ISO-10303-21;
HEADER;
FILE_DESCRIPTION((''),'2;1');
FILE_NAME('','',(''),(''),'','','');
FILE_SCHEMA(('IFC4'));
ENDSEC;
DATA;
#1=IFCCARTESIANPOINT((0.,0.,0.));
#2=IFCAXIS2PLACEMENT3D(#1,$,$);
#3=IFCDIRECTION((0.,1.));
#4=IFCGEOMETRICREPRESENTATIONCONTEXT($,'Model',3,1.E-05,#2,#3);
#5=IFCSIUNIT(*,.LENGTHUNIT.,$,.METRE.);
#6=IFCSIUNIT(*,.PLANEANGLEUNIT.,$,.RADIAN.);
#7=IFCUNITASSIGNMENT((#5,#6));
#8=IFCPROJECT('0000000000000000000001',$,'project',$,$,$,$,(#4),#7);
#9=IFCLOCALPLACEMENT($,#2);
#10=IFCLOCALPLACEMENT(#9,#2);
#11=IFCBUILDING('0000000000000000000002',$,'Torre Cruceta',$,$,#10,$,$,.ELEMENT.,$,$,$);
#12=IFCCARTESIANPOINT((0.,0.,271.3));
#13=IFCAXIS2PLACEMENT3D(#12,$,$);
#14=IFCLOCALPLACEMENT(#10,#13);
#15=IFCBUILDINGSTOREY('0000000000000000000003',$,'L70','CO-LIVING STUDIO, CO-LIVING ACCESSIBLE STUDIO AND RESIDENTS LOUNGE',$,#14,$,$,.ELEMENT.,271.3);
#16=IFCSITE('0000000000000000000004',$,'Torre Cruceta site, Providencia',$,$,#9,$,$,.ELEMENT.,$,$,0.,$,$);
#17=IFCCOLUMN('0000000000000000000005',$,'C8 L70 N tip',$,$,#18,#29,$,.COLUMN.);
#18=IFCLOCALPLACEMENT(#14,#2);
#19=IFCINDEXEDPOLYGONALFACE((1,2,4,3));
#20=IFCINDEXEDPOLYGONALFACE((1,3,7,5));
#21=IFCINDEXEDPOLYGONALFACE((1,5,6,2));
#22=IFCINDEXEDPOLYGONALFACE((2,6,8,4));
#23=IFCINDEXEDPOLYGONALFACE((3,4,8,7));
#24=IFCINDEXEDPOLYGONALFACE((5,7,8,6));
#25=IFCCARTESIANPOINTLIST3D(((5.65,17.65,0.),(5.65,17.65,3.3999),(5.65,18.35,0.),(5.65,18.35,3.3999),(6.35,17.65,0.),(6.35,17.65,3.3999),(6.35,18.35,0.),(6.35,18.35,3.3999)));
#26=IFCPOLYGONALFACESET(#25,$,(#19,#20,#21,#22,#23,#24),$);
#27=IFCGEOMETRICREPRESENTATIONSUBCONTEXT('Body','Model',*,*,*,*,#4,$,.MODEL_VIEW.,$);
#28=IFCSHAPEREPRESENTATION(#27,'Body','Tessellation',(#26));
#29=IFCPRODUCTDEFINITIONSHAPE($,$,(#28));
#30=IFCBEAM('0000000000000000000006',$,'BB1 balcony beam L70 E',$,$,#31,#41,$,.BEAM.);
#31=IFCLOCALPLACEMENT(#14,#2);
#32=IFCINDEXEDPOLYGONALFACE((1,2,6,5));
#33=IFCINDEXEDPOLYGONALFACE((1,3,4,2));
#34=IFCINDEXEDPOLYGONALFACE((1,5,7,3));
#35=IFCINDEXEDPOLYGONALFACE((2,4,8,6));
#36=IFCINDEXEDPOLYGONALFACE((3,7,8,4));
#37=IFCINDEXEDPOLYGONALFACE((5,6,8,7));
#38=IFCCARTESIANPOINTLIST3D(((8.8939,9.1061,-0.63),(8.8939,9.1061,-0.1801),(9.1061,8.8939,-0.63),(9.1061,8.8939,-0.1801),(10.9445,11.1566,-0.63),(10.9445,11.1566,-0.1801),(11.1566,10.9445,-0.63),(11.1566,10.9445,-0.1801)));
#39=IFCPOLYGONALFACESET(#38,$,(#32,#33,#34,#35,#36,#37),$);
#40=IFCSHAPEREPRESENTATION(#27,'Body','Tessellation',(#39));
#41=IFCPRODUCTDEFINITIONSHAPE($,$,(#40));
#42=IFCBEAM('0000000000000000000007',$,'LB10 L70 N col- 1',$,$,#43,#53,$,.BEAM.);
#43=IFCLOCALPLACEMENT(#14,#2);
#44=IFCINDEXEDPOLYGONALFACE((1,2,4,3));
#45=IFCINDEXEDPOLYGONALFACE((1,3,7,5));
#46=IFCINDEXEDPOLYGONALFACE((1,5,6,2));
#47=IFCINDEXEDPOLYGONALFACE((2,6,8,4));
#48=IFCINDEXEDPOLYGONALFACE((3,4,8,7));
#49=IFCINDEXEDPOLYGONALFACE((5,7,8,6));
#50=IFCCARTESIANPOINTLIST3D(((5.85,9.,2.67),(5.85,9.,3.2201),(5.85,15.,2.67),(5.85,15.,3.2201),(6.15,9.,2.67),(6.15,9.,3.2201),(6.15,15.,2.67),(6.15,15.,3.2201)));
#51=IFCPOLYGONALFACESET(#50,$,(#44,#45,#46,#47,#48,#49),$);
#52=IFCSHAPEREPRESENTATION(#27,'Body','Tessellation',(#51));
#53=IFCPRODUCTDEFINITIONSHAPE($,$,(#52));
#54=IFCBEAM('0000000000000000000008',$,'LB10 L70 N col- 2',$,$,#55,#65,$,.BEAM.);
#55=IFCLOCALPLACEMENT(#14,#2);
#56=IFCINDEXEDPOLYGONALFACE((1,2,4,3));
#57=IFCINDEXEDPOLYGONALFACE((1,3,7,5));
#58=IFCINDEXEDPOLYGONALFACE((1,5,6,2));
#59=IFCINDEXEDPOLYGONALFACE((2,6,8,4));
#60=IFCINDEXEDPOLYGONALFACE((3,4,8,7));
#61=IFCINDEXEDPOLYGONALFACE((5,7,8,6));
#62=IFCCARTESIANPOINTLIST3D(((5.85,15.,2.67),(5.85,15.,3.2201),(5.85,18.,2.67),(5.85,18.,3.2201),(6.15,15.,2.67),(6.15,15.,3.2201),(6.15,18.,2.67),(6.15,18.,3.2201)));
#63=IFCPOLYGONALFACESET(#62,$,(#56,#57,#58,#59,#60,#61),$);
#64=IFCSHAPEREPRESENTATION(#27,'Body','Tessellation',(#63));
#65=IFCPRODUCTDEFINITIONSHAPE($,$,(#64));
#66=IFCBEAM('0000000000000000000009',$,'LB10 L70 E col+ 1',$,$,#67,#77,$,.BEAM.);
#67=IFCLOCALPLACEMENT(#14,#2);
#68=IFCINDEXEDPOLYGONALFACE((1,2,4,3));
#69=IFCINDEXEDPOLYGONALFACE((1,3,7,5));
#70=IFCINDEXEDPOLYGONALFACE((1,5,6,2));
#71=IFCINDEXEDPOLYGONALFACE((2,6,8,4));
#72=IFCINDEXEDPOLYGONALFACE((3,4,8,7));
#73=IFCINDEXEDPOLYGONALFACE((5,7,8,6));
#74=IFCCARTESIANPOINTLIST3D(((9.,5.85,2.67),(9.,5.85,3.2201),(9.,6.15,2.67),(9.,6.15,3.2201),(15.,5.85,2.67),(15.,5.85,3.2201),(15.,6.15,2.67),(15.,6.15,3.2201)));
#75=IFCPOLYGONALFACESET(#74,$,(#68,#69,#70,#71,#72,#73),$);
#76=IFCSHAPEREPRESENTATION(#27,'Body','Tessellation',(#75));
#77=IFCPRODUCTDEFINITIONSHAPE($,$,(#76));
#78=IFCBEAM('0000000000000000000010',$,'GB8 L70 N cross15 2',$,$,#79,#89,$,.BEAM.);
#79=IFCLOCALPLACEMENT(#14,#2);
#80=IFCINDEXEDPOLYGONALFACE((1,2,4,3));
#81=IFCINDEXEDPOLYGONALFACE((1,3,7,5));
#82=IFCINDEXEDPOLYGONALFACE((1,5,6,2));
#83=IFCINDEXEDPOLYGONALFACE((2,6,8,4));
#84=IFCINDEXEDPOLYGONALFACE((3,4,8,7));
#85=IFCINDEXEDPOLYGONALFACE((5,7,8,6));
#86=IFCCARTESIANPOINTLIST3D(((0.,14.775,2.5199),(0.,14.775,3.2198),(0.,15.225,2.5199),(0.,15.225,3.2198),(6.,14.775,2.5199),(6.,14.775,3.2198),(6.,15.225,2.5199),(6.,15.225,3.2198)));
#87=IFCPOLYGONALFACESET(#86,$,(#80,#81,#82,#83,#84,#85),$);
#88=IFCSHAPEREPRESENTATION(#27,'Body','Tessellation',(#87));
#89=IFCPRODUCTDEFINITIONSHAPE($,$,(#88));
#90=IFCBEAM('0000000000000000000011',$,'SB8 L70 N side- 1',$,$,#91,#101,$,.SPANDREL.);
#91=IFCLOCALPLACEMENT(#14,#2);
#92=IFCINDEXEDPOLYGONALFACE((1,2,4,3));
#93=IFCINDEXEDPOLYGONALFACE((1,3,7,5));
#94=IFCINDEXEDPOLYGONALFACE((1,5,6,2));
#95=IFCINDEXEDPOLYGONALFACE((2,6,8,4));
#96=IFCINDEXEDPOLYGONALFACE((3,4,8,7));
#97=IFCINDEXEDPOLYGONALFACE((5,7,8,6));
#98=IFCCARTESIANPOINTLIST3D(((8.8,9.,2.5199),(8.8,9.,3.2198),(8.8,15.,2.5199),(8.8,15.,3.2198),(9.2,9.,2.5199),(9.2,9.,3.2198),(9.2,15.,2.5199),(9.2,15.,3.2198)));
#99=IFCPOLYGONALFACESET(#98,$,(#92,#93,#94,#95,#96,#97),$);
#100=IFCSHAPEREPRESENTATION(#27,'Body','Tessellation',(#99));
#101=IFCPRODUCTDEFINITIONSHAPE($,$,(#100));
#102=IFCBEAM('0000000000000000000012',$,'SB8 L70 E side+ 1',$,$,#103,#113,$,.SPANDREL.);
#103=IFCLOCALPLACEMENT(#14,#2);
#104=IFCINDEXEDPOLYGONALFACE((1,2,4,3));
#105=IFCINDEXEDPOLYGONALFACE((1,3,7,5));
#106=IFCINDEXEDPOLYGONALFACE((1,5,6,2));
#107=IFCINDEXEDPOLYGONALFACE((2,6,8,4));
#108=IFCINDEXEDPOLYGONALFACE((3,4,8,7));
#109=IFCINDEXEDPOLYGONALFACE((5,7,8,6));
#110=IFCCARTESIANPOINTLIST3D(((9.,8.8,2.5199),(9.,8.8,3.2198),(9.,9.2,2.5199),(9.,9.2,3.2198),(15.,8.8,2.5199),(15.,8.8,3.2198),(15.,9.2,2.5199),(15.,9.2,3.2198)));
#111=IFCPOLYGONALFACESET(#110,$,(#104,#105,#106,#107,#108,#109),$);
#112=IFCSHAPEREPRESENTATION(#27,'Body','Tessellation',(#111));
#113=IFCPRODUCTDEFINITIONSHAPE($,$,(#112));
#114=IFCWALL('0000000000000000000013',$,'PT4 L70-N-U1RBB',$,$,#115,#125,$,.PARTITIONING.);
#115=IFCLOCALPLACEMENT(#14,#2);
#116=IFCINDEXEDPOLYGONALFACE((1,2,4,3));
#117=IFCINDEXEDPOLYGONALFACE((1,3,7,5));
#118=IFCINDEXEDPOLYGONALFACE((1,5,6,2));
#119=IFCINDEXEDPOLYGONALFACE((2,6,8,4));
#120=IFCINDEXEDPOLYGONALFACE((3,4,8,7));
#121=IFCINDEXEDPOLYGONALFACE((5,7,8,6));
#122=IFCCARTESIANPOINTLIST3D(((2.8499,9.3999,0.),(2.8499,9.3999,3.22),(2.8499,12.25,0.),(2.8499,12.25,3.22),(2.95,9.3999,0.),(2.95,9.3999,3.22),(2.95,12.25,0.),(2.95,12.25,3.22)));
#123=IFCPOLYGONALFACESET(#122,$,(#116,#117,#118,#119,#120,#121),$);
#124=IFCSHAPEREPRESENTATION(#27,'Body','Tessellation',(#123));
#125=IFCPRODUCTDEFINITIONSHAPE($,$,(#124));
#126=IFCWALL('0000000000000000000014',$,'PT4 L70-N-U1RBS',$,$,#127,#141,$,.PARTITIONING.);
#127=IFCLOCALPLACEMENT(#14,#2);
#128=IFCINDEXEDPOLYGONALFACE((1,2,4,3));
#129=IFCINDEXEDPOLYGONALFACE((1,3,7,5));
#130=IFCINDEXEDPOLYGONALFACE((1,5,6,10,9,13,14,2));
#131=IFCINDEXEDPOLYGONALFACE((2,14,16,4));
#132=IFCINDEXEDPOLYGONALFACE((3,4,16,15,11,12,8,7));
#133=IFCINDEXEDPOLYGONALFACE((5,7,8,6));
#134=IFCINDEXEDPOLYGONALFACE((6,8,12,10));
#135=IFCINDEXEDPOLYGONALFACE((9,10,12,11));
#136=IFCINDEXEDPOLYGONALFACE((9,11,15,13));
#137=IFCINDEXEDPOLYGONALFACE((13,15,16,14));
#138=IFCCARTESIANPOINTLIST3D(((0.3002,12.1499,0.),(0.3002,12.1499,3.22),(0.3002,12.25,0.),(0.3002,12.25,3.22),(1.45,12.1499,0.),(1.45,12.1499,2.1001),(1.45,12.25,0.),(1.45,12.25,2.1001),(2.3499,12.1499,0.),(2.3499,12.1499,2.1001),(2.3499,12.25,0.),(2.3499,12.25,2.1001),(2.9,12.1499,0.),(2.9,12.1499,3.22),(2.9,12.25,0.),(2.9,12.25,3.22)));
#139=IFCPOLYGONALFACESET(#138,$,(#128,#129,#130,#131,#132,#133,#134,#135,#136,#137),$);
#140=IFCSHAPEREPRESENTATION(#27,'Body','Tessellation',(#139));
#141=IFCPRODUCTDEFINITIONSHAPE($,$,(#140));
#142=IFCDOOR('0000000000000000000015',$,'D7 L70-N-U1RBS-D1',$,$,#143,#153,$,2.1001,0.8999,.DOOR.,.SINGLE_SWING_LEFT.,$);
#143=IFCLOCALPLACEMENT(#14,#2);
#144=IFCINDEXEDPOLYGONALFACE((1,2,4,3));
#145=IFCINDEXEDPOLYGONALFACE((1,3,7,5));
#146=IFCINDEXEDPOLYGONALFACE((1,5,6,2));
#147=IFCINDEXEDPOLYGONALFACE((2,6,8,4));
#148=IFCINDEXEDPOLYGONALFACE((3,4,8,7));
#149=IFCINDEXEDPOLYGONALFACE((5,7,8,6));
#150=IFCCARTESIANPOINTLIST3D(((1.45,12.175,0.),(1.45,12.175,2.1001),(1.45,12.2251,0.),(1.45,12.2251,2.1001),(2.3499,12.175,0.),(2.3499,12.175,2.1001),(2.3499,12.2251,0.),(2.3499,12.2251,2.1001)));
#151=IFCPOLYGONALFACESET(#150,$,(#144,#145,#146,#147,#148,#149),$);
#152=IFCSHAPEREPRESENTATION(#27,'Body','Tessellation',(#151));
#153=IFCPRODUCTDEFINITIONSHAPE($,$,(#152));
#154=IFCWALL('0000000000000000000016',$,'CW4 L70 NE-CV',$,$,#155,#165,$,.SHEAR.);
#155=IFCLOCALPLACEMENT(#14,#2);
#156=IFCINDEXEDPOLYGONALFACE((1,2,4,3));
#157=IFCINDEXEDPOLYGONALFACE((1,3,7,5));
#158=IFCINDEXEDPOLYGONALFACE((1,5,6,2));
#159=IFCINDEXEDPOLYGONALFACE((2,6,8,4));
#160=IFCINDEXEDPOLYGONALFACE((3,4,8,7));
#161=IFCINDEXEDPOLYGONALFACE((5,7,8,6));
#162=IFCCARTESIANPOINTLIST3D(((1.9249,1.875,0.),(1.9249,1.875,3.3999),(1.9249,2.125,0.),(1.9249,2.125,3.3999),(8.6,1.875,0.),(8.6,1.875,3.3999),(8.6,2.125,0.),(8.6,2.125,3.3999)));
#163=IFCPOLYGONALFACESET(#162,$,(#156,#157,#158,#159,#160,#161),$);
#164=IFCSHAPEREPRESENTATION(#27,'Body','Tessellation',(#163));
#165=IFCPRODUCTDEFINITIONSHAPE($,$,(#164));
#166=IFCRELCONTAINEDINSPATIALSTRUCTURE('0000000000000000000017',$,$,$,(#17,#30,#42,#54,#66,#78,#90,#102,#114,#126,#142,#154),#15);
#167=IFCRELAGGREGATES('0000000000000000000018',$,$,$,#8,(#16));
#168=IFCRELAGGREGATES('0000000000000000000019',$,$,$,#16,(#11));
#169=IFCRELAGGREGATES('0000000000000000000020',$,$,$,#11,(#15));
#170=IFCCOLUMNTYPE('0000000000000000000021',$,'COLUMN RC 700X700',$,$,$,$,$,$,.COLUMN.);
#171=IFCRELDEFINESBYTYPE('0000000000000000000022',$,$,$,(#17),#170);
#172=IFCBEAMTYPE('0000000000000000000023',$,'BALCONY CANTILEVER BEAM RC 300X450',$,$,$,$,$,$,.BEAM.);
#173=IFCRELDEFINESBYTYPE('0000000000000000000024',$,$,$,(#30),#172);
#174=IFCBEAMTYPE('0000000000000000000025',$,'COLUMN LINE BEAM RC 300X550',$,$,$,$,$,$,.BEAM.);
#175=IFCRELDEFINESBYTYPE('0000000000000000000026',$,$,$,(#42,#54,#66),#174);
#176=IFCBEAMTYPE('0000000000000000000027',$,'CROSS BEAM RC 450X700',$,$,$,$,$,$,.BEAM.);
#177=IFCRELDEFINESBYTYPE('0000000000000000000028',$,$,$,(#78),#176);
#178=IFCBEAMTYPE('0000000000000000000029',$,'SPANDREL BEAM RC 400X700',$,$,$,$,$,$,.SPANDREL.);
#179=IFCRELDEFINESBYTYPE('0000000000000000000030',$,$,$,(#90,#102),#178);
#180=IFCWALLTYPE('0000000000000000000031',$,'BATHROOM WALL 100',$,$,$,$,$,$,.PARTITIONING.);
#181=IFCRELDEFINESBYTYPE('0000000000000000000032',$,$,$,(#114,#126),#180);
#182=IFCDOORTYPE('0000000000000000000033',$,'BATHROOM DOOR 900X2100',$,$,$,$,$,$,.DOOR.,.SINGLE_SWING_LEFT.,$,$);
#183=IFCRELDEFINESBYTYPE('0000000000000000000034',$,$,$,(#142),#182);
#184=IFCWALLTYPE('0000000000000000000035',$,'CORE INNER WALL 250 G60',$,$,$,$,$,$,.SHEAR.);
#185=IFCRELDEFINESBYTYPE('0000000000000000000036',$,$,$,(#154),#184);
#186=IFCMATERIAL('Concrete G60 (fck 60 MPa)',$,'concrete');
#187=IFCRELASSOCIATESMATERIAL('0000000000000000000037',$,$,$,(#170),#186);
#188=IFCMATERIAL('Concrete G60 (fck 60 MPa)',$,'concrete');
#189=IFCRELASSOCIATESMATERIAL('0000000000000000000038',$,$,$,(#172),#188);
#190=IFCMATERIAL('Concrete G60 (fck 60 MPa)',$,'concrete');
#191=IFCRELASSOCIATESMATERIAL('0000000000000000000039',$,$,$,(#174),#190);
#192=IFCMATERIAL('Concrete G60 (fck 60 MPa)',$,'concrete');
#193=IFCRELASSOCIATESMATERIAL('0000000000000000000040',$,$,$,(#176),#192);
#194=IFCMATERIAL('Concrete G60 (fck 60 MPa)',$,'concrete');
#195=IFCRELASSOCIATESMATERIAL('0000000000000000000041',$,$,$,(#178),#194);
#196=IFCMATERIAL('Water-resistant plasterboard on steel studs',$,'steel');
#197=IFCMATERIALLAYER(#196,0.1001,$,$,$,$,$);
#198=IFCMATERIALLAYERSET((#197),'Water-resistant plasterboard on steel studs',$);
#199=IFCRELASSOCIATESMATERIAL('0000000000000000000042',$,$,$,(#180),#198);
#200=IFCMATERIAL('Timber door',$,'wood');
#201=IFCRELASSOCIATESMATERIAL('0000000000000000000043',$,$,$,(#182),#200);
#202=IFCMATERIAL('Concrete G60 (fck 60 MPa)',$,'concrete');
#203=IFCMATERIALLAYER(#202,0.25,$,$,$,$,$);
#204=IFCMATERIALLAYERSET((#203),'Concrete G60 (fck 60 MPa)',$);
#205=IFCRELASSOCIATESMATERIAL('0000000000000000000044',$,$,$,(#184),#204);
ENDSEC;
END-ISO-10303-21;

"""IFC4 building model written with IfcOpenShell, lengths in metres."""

from ifc_helpers import new_model, si_unit, direction, frame, frame_2d, origin, origin_2d, place, context, subcontext, project, spatial, rectangle, extrude, material, layer, layer_set, material_profile, profile_set, type_object, element, fill, save


model = new_model("IFC4")

# Units and contexts
model_context = context("Model", 3, precision=1e-05, world=origin(), true_north=direction((0.0, 1.0)))
body_context = subcontext(model_context, "Body", "Model", "MODEL_VIEW")
ifc_project = project(units=[si_unit("LENGTHUNIT", "METRE"), si_unit("PLANEANGLEUNIT", "RADIAN")], contexts=[model_context])

# Site, building, storey
site_placement = place(None, origin())
site = spatial("IfcSite", under=ifc_project, at=site_placement, Name="Torre Cruceta site, Providencia", CompositionType="ELEMENT", RefElevation=0.0)
building_placement = place(site_placement, origin())
building = spatial("IfcBuilding", under=site, at=building_placement, Name="Torre Cruceta", CompositionType="ELEMENT")
storey_placement = place(building_placement, frame((0.0, 0.0, 271.3)))
storey = spatial("IfcBuildingStorey", under=building, at=storey_placement, Name="L70", Description="CO-LIVING STUDIO, CO-LIVING ACCESSIBLE STUDIO AND RESIDENTS LOUNGE", CompositionType="ELEMENT", Elevation=271.3)

# Column
ifc_material_1 = material(Name="Concrete G60 (fck 60 MPa)", Category="concrete")
ifc_material_profile_1 = material_profile(ifc_material_1, rectangle(XDim=0.7, YDim=0.7, at=origin_2d()), Name="RC 700X700")
ifc_profile_set_1 = profile_set([ifc_material_profile_1], Name="Concrete G60 (fck 60 MPa)")
column_type = type_object("IfcColumnType", Name="COLUMN RC 700X700", PredefinedType="COLUMN", material=ifc_profile_set_1)
column_placement = place(storey_placement, frame((6.0, 18.0, 0.0), z_axis=(0.0, 0.0, 1.0), x_axis=(1.0, 0.0, 0.0)))
element("IfcColumn", 1, at=column_placement, inside=storey, type_object=column_type, Name="C8 L70 N tip", PredefinedType="COLUMN", context=body_context, shape_type="SweptSolid", body=[
    extrude(rectangle(XDim=0.7, YDim=0.7, at=origin_2d()), origin(), (0.0, 0.0, 1.0), 3.3999),
])

# Beams
ifc_material_2 = material(Name="Concrete G60 (fck 60 MPa)", Category="concrete")
ifc_material_profile_2 = material_profile(ifc_material_2, rectangle(XDim=0.3, YDim=0.45, at=origin_2d()), Name="RC 300X450")
ifc_profile_set_2 = profile_set([ifc_material_profile_2], Name="Concrete G60 (fck 60 MPa)")
beam_type_1 = type_object("IfcBeamType", Name="BALCONY CANTILEVER BEAM RC 300X450", PredefinedType="BEAM", material=ifc_profile_set_2)
beam_1_placement = place(storey_placement, frame((9.0, 9.0, -0.405), z_axis=(0.707107, 0.707107, 0.0), x_axis=(-0.707107, 0.707107, 0.0)))
element("IfcBeam", 2, at=beam_1_placement, inside=storey, type_object=beam_type_1, Name="BB1 balcony beam L70 E", PredefinedType="BEAM", context=body_context, shape_type="SweptSolid", body=[
    extrude(rectangle(XDim=0.3, YDim=0.45, at=origin_2d()), origin(), (0.0, 0.0, 1.0), 2.8999),
])
ifc_material_3 = material(Name="Concrete G60 (fck 60 MPa)", Category="concrete")
ifc_material_profile_3 = material_profile(ifc_material_3, rectangle(XDim=0.3, YDim=0.55, at=origin_2d()), Name="RC 300X550")
ifc_profile_set_3 = profile_set([ifc_material_profile_3], Name="Concrete G60 (fck 60 MPa)")
beam_type_2 = type_object("IfcBeamType", Name="COLUMN LINE BEAM RC 300X550", PredefinedType="BEAM", material=ifc_profile_set_3)
beam_2_placement = place(storey_placement, frame((6.0, 9.0, 2.9451), z_axis=(0.0, 1.0, 0.0), x_axis=(-1.0, 0.0, 0.0)))
element("IfcBeam", 3, at=beam_2_placement, inside=storey, type_object=beam_type_2, Name="LB10 L70 N col- 1", PredefinedType="BEAM", context=body_context, shape_type="SweptSolid", body=[
    extrude(rectangle(XDim=0.3, YDim=0.55, at=origin_2d()), origin(), (0.0, 0.0, 1.0), 6.0),
])
beam_3_placement = place(storey_placement, frame((6.0, 15.0, 2.9451), z_axis=(0.0, 1.0, 0.0), x_axis=(-1.0, 0.0, 0.0)))
element("IfcBeam", 4, at=beam_3_placement, inside=storey, type_object=beam_type_2, Name="LB10 L70 N col- 2", PredefinedType="BEAM", context=body_context, shape_type="SweptSolid", body=[
    extrude(rectangle(XDim=0.3, YDim=0.55, at=origin_2d()), origin(), (0.0, 0.0, 1.0), 3.0),
])
beam_4_placement = place(storey_placement, frame((9.0, 6.0, 2.9451), z_axis=(1.0, 0.0, 0.0), x_axis=(0.0, 1.0, 0.0)))
element("IfcBeam", 5, at=beam_4_placement, inside=storey, type_object=beam_type_2, Name="LB10 L70 E col+ 1", PredefinedType="BEAM", context=body_context, shape_type="SweptSolid", body=[
    extrude(rectangle(XDim=0.3, YDim=0.55, at=origin_2d()), origin(), (0.0, 0.0, 1.0), 6.0),
])
ifc_material_4 = material(Name="Concrete G60 (fck 60 MPa)", Category="concrete")
ifc_material_profile_4 = material_profile(ifc_material_4, rectangle(XDim=0.45, YDim=0.7, at=origin_2d()), Name="RC 450X700")
ifc_profile_set_4 = profile_set([ifc_material_profile_4], Name="Concrete G60 (fck 60 MPa)")
beam_type_3 = type_object("IfcBeamType", Name="CROSS BEAM RC 450X700", PredefinedType="BEAM", material=ifc_profile_set_4)
beam_5_placement = place(storey_placement, frame((6.0, 15.0, 2.8699), z_axis=(-1.0, 0.0, 0.0), x_axis=(0.0, -1.0, 0.0)))
element("IfcBeam", 6, at=beam_5_placement, inside=storey, type_object=beam_type_3, Name="GB8 L70 N cross15 2", PredefinedType="BEAM", context=body_context, shape_type="SweptSolid", body=[
    extrude(rectangle(XDim=0.45, YDim=0.7, at=origin_2d()), origin(), (0.0, 0.0, 1.0), 6.0),
])
ifc_material_5 = material(Name="Concrete G60 (fck 60 MPa)", Category="concrete")
ifc_material_profile_5 = material_profile(ifc_material_5, rectangle(XDim=0.3999, YDim=0.7, at=origin_2d()), Name="RC 400X700")
ifc_profile_set_5 = profile_set([ifc_material_profile_5], Name="Concrete G60 (fck 60 MPa)")
beam_type_4 = type_object("IfcBeamType", Name="SPANDREL BEAM RC 400X700", PredefinedType="SPANDREL", material=ifc_profile_set_5)
for number, where, z_axis, x_axis, name in (
    (7, (9.0, 9.0, 2.8699), (0.0, 1.0, 0.0), (-1.0, 0.0, 0.0), "SB8 L70 N side- 1"),
    (8, (9.0, 9.0, 2.8699), (1.0, 0.0, 0.0), (0.0, 1.0, 0.0), "SB8 L70 E side+ 1"),
):
    element("IfcBeam", number, at=place(storey_placement, frame(where, z_axis=z_axis, x_axis=x_axis)), inside=storey, type_object=beam_type_4, Name=name, PredefinedType="SPANDREL", context=body_context, shape_type="SweptSolid", body=[
        extrude(rectangle(XDim=0.3999, YDim=0.7, at=origin_2d()), origin(), (0.0, 0.0, 1.0), 6.0),
    ])

# Wall
ifc_material_6 = material(Name="Water-resistant plasterboard on steel studs", Category="steel")
ifc_layer_1 = layer(ifc_material_6, 0.1001)
ifc_layer_set_1 = layer_set([ifc_layer_1], Name="Water-resistant plasterboard on steel studs")
wall_type_1 = type_object("IfcWallType", Name="BATHROOM WALL 100", PredefinedType="PARTITIONING", material=ifc_layer_set_1)
wall_1_placement = place(storey_placement, frame((2.8999, 9.3999, 0.0), z_axis=(0.0, 0.0, 1.0), x_axis=(0.0, 1.0, 0.0)))
element("IfcWall", 9, at=wall_1_placement, inside=storey, type_object=wall_type_1, Name="PT4 L70-N-U1RBB", PredefinedType="PARTITIONING", context=body_context, shape_type="SweptSolid", body=[
    extrude(rectangle(XDim=2.8501, YDim=0.1001, at=frame_2d((1.425, 0.0))), origin(), (0.0, 0.0, 1.0), 3.22),
])

# Wall, opening, door
wall_2_placement = place(storey_placement, frame((2.8999, 12.2, 0.0), z_axis=(0.0, 0.0, 1.0), x_axis=(-1.0, 0.0, 0.0)))
wall_2 = element("IfcWall", 10, at=wall_2_placement, inside=storey, type_object=wall_type_1, Name="PT4 L70-N-U1RBS", PredefinedType="PARTITIONING", context=body_context, shape_type="SweptSolid", body=[
    extrude(rectangle(XDim=2.5999, YDim=0.1001, at=frame_2d((1.2998, 0.0))), origin(), (0.0, 0.0, 1.0), 3.22),
])
opening_1_placement = place(wall_2_placement, frame((0.55, 0.0, 0.0)))
opening_1 = element("IfcOpeningElement", 11, at=opening_1_placement, cuts=wall_2, PredefinedType="OPENING", context=body_context, shape_type="SweptSolid", body=[
    extrude(rectangle(XDim=0.8999, YDim=2.1001, at=frame_2d((0.45, 1.05))), frame((0.0, 0.0601, 0.0), z_axis=(0.0, -1.0, 0.0), x_axis=(1.0, 0.0, 0.0)), (0.0, 0.0, 1.0), 0.1201),
])
ifc_material_7 = material(Name="Timber door", Category="wood")
door_type_1 = type_object("IfcDoorType", Name="BATHROOM DOOR 900X2100", OperationType="SINGLE_SWING_LEFT", PredefinedType="DOOR", material=ifc_material_7)
door_1_placement = place(opening_1_placement, origin())
door_1 = element("IfcDoor", 12, at=door_1_placement, inside=storey, type_object=door_type_1, Name="D7 L70-N-U1RBS-D1", OperationType="SINGLE_SWING_LEFT", OverallHeight=2.1001, OverallWidth=0.8999, PredefinedType="DOOR", context=body_context, shape_type="SweptSolid", body=[
    extrude(rectangle(XDim=0.8999, YDim=2.1001, at=frame_2d((0.45, 1.05))), frame((0.0, 0.0249, 0.0), z_axis=(0.0, -1.0, 0.0), x_axis=(1.0, 0.0, 0.0)), (0.0, 0.0, 1.0), 0.05),
])
fill(opening_1, door_1)

# Wall
ifc_material_8 = material(Name="Concrete G60 (fck 60 MPa)", Category="concrete")
ifc_layer_2 = layer(ifc_material_8, 0.25)
ifc_layer_set_2 = layer_set([ifc_layer_2], Name="Concrete G60 (fck 60 MPa)")
wall_type_2 = type_object("IfcWallType", Name="CORE INNER WALL 250 G60", PredefinedType="SHEAR", material=ifc_layer_set_2)
wall_3_placement = place(storey_placement, frame((1.925, 2.0, 0.0), z_axis=(0.0, 0.0, 1.0), x_axis=(1.0, 0.0, 0.0)))
element("IfcWall", 13, at=wall_3_placement, inside=storey, type_object=wall_type_2, Name="CW4 L70 NE-CV", PredefinedType="SHEAR", context=body_context, shape_type="SweptSolid", body=[
    extrude(rectangle(XDim=6.675, YDim=0.25, at=frame_2d((3.3374, 0.0))), origin(), (0.0, 0.0, 1.0), 3.3999),
])

save(model, "model.ifc")
